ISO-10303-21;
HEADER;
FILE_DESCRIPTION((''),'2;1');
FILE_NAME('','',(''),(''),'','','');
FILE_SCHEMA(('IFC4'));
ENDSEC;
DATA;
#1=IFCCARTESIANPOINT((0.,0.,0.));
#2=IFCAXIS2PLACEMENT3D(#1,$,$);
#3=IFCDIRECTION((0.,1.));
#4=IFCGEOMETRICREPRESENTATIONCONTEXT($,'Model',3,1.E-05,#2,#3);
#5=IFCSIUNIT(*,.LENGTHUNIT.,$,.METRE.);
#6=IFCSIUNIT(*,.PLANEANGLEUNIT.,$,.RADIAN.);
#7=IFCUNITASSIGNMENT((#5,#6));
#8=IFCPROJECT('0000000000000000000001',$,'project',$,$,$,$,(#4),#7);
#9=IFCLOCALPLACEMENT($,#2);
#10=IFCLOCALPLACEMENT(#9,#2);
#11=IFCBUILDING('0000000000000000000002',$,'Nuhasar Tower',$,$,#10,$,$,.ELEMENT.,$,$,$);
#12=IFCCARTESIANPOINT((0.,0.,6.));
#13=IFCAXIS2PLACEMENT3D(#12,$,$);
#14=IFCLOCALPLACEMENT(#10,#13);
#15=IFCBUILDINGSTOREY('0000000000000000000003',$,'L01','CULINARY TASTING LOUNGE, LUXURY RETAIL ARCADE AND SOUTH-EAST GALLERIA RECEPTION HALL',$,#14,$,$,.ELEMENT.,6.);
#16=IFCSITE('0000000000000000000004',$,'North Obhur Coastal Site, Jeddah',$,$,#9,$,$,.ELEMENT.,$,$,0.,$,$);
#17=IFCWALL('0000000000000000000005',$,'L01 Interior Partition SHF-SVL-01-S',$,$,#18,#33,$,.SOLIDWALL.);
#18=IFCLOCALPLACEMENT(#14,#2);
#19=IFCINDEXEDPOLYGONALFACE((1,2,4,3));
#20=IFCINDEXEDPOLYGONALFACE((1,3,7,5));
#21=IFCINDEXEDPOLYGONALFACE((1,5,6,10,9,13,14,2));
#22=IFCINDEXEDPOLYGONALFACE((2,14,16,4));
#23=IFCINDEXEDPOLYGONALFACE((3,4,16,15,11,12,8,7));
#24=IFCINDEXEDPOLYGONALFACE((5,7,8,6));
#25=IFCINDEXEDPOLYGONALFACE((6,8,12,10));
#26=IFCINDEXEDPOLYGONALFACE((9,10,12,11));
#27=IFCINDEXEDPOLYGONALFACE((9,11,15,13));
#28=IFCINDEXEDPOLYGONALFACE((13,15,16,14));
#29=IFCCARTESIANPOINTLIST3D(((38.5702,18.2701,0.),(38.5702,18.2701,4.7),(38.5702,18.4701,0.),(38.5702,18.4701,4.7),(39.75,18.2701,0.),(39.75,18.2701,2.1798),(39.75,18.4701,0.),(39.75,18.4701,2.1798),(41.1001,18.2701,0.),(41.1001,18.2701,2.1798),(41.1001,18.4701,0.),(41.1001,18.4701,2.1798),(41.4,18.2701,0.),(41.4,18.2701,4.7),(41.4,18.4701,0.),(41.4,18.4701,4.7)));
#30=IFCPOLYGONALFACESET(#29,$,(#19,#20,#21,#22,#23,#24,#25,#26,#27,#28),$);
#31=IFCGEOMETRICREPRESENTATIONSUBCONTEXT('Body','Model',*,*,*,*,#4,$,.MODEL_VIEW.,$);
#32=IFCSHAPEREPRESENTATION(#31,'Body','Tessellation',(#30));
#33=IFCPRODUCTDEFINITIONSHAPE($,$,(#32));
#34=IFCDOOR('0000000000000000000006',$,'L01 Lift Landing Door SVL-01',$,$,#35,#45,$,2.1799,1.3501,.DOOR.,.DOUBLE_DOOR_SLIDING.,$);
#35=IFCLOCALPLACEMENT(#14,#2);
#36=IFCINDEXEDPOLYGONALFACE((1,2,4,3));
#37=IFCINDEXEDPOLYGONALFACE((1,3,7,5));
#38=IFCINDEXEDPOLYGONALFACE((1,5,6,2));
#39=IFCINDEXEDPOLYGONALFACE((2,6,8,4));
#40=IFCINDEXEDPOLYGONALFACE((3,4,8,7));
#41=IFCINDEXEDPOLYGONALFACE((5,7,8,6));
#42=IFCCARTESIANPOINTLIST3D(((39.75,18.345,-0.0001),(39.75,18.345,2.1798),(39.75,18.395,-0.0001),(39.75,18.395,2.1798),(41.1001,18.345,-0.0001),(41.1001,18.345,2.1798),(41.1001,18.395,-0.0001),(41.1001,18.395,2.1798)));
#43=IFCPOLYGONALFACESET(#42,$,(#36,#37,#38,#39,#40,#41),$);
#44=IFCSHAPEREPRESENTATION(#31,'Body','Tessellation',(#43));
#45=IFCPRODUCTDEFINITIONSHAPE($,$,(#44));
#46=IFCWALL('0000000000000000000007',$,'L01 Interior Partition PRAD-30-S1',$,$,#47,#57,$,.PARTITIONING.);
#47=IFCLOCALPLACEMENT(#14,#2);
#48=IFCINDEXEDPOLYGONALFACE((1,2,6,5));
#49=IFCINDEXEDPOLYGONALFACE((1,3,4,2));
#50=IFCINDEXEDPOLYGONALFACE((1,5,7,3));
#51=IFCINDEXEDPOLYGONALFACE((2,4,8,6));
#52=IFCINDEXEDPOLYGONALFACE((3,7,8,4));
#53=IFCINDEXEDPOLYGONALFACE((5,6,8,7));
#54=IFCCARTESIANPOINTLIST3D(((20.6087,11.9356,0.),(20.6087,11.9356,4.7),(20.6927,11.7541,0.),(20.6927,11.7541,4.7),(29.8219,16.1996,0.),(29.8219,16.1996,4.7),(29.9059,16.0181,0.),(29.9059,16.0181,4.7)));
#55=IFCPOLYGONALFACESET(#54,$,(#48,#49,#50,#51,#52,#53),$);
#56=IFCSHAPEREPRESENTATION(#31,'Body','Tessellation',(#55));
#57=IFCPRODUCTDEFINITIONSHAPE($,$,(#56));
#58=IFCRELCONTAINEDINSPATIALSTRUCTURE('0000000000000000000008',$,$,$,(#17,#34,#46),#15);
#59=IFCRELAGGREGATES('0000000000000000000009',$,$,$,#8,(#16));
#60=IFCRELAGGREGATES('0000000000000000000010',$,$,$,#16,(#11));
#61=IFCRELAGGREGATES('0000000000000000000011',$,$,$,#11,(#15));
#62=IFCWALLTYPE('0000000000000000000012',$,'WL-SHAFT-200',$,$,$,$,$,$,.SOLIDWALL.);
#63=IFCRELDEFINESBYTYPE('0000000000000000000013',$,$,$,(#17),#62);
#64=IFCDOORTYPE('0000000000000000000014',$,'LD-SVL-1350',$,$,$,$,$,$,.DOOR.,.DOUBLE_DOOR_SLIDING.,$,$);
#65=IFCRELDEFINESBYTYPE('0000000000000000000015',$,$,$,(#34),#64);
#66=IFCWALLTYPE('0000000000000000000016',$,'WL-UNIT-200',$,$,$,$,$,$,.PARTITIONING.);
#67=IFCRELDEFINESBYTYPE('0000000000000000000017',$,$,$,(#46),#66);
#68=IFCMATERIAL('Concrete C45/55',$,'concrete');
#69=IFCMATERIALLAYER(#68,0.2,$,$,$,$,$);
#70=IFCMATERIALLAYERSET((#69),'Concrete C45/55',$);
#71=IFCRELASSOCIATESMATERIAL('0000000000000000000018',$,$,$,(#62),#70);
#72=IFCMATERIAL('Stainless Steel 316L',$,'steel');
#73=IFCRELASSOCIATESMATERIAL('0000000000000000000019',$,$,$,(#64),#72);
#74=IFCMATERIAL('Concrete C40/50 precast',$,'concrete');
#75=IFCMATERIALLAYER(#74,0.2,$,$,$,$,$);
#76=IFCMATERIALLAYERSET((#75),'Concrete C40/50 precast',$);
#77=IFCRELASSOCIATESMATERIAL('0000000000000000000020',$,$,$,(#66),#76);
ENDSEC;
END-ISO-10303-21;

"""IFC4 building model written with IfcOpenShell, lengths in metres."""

from ifc_helpers import new_model, si_unit, direction, frame, frame_2d, origin, place, context, subcontext, project, spatial, rectangle, extrude, material, layer, layer_set, type_object, element, fill, save


model = new_model("IFC4")

# Units and contexts
model_context = context("Model", 3, precision=1e-05, world=origin(), true_north=direction((0.0, 1.0)))
body_context = subcontext(model_context, "Body", "Model", "MODEL_VIEW")
ifc_project = project(units=[si_unit("LENGTHUNIT", "METRE"), si_unit("PLANEANGLEUNIT", "RADIAN")], contexts=[model_context])

# Site, building, storey
site_placement = place(None, origin())
site = spatial("IfcSite", under=ifc_project, at=site_placement, Name="North Obhur Coastal Site, Jeddah", CompositionType="ELEMENT", RefElevation=0.0)
building_placement = place(site_placement, origin())
building = spatial("IfcBuilding", under=site, at=building_placement, Name="Nuhasar Tower", CompositionType="ELEMENT")
storey_placement = place(building_placement, frame((0.0, 0.0, 6.0)))
storey = spatial("IfcBuildingStorey", under=building, at=storey_placement, Name="L01", Description="CULINARY TASTING LOUNGE, LUXURY RETAIL ARCADE AND SOUTH-EAST GALLERIA RECEPTION HALL", CompositionType="ELEMENT", Elevation=6.0)

# Shared definitions
ifc_material_1 = material(Name="Concrete C45/55", Category="concrete")

# Shared definitions
ifc_layer_1 = layer(ifc_material_1, 0.2)
ifc_layer_set_1 = layer_set([ifc_layer_1], Name="Concrete C45/55")
wall_type_1 = type_object("IfcWallType", Name="WL-SHAFT-200", PredefinedType="SOLIDWALL", material=ifc_layer_set_1)
ifc_material_2 = material(Name="Stainless Steel 316L", Category="steel")

# Wall, opening, door
wall_1_placement = place(storey_placement, frame((38.5701, 18.3701, 0.0), z_axis=(0.0, 0.0, 1.0), x_axis=(1.0, 0.0, 0.0)))
wall_1 = element("IfcWall", 1, at=wall_1_placement, inside=storey, type_object=wall_type_1, Name="L01 Interior Partition SHF-SVL-01-S", PredefinedType="SOLIDWALL", context=body_context, shape_type="SweptSolid", body=[
    extrude(rectangle(XDim=2.8298, YDim=0.2, at=frame_2d((1.415, 0.0))), origin(), (0.0, 0.0, 1.0), 4.7),
])
opening_1_placement = place(wall_1_placement, frame((1.1799, 0.0, 0.0)))
opening_1 = element("IfcOpeningElement", 2, at=opening_1_placement, cuts=wall_1, PredefinedType="OPENING", context=body_context, shape_type="SweptSolid", body=[
    extrude(rectangle(XDim=1.3501, YDim=2.1799, at=frame_2d((0.675, 1.0898))), frame((0.0, 0.1099, 0.0), z_axis=(0.0, -1.0, 0.0), x_axis=(1.0, 0.0, 0.0)), (0.0, 0.0, 1.0), 0.22),
])
door_type_1 = type_object("IfcDoorType", Name="LD-SVL-1350", OperationType="DOUBLE_DOOR_SLIDING", PredefinedType="DOOR", material=ifc_material_2)
door_1_placement = place(opening_1_placement, origin())
door_1 = element("IfcDoor", 3, at=door_1_placement, inside=storey, type_object=door_type_1, Name="L01 Lift Landing Door SVL-01", OperationType="DOUBLE_DOOR_SLIDING", OverallHeight=2.1799, OverallWidth=1.3501, PredefinedType="DOOR", context=body_context, shape_type="SweptSolid", body=[
    extrude(rectangle(XDim=1.3501, YDim=2.1799, at=frame_2d((0.675, 1.0898))), frame((0.0, 0.0249, 0.0), z_axis=(0.0, -1.0, 0.0), x_axis=(1.0, 0.0, 0.0)), (0.0, 0.0, 1.0), 0.05),
])
fill(opening_1, door_1)

# Wall
ifc_material_3 = material(Name="Concrete C40/50 precast", Category="concrete")
ifc_layer_2 = layer(ifc_material_3, 0.2)
ifc_layer_set_2 = layer_set([ifc_layer_2], Name="Concrete C40/50 precast")
wall_type_2 = type_object("IfcWallType", Name="WL-UNIT-200", PredefinedType="PARTITIONING", material=ifc_layer_set_2)
wall_2_placement = place(storey_placement, frame((29.864, 16.1089, 0.0), z_axis=(0.0, 0.0, 1.0), x_axis=(-0.90752, -0.420008, 0.0)))
element("IfcWall", 4, at=wall_2_placement, inside=storey, type_object=wall_type_2, Name="L01 Interior Partition PRAD-30-S1", PredefinedType="PARTITIONING", context=body_context, shape_type="SweptSolid", body=[
    extrude(rectangle(XDim=10.1521, YDim=0.2, at=frame_2d((5.0762, 0.0))), origin(), (0.0, 0.0, 1.0), 4.7),
])

save(model, "model.ifc")
